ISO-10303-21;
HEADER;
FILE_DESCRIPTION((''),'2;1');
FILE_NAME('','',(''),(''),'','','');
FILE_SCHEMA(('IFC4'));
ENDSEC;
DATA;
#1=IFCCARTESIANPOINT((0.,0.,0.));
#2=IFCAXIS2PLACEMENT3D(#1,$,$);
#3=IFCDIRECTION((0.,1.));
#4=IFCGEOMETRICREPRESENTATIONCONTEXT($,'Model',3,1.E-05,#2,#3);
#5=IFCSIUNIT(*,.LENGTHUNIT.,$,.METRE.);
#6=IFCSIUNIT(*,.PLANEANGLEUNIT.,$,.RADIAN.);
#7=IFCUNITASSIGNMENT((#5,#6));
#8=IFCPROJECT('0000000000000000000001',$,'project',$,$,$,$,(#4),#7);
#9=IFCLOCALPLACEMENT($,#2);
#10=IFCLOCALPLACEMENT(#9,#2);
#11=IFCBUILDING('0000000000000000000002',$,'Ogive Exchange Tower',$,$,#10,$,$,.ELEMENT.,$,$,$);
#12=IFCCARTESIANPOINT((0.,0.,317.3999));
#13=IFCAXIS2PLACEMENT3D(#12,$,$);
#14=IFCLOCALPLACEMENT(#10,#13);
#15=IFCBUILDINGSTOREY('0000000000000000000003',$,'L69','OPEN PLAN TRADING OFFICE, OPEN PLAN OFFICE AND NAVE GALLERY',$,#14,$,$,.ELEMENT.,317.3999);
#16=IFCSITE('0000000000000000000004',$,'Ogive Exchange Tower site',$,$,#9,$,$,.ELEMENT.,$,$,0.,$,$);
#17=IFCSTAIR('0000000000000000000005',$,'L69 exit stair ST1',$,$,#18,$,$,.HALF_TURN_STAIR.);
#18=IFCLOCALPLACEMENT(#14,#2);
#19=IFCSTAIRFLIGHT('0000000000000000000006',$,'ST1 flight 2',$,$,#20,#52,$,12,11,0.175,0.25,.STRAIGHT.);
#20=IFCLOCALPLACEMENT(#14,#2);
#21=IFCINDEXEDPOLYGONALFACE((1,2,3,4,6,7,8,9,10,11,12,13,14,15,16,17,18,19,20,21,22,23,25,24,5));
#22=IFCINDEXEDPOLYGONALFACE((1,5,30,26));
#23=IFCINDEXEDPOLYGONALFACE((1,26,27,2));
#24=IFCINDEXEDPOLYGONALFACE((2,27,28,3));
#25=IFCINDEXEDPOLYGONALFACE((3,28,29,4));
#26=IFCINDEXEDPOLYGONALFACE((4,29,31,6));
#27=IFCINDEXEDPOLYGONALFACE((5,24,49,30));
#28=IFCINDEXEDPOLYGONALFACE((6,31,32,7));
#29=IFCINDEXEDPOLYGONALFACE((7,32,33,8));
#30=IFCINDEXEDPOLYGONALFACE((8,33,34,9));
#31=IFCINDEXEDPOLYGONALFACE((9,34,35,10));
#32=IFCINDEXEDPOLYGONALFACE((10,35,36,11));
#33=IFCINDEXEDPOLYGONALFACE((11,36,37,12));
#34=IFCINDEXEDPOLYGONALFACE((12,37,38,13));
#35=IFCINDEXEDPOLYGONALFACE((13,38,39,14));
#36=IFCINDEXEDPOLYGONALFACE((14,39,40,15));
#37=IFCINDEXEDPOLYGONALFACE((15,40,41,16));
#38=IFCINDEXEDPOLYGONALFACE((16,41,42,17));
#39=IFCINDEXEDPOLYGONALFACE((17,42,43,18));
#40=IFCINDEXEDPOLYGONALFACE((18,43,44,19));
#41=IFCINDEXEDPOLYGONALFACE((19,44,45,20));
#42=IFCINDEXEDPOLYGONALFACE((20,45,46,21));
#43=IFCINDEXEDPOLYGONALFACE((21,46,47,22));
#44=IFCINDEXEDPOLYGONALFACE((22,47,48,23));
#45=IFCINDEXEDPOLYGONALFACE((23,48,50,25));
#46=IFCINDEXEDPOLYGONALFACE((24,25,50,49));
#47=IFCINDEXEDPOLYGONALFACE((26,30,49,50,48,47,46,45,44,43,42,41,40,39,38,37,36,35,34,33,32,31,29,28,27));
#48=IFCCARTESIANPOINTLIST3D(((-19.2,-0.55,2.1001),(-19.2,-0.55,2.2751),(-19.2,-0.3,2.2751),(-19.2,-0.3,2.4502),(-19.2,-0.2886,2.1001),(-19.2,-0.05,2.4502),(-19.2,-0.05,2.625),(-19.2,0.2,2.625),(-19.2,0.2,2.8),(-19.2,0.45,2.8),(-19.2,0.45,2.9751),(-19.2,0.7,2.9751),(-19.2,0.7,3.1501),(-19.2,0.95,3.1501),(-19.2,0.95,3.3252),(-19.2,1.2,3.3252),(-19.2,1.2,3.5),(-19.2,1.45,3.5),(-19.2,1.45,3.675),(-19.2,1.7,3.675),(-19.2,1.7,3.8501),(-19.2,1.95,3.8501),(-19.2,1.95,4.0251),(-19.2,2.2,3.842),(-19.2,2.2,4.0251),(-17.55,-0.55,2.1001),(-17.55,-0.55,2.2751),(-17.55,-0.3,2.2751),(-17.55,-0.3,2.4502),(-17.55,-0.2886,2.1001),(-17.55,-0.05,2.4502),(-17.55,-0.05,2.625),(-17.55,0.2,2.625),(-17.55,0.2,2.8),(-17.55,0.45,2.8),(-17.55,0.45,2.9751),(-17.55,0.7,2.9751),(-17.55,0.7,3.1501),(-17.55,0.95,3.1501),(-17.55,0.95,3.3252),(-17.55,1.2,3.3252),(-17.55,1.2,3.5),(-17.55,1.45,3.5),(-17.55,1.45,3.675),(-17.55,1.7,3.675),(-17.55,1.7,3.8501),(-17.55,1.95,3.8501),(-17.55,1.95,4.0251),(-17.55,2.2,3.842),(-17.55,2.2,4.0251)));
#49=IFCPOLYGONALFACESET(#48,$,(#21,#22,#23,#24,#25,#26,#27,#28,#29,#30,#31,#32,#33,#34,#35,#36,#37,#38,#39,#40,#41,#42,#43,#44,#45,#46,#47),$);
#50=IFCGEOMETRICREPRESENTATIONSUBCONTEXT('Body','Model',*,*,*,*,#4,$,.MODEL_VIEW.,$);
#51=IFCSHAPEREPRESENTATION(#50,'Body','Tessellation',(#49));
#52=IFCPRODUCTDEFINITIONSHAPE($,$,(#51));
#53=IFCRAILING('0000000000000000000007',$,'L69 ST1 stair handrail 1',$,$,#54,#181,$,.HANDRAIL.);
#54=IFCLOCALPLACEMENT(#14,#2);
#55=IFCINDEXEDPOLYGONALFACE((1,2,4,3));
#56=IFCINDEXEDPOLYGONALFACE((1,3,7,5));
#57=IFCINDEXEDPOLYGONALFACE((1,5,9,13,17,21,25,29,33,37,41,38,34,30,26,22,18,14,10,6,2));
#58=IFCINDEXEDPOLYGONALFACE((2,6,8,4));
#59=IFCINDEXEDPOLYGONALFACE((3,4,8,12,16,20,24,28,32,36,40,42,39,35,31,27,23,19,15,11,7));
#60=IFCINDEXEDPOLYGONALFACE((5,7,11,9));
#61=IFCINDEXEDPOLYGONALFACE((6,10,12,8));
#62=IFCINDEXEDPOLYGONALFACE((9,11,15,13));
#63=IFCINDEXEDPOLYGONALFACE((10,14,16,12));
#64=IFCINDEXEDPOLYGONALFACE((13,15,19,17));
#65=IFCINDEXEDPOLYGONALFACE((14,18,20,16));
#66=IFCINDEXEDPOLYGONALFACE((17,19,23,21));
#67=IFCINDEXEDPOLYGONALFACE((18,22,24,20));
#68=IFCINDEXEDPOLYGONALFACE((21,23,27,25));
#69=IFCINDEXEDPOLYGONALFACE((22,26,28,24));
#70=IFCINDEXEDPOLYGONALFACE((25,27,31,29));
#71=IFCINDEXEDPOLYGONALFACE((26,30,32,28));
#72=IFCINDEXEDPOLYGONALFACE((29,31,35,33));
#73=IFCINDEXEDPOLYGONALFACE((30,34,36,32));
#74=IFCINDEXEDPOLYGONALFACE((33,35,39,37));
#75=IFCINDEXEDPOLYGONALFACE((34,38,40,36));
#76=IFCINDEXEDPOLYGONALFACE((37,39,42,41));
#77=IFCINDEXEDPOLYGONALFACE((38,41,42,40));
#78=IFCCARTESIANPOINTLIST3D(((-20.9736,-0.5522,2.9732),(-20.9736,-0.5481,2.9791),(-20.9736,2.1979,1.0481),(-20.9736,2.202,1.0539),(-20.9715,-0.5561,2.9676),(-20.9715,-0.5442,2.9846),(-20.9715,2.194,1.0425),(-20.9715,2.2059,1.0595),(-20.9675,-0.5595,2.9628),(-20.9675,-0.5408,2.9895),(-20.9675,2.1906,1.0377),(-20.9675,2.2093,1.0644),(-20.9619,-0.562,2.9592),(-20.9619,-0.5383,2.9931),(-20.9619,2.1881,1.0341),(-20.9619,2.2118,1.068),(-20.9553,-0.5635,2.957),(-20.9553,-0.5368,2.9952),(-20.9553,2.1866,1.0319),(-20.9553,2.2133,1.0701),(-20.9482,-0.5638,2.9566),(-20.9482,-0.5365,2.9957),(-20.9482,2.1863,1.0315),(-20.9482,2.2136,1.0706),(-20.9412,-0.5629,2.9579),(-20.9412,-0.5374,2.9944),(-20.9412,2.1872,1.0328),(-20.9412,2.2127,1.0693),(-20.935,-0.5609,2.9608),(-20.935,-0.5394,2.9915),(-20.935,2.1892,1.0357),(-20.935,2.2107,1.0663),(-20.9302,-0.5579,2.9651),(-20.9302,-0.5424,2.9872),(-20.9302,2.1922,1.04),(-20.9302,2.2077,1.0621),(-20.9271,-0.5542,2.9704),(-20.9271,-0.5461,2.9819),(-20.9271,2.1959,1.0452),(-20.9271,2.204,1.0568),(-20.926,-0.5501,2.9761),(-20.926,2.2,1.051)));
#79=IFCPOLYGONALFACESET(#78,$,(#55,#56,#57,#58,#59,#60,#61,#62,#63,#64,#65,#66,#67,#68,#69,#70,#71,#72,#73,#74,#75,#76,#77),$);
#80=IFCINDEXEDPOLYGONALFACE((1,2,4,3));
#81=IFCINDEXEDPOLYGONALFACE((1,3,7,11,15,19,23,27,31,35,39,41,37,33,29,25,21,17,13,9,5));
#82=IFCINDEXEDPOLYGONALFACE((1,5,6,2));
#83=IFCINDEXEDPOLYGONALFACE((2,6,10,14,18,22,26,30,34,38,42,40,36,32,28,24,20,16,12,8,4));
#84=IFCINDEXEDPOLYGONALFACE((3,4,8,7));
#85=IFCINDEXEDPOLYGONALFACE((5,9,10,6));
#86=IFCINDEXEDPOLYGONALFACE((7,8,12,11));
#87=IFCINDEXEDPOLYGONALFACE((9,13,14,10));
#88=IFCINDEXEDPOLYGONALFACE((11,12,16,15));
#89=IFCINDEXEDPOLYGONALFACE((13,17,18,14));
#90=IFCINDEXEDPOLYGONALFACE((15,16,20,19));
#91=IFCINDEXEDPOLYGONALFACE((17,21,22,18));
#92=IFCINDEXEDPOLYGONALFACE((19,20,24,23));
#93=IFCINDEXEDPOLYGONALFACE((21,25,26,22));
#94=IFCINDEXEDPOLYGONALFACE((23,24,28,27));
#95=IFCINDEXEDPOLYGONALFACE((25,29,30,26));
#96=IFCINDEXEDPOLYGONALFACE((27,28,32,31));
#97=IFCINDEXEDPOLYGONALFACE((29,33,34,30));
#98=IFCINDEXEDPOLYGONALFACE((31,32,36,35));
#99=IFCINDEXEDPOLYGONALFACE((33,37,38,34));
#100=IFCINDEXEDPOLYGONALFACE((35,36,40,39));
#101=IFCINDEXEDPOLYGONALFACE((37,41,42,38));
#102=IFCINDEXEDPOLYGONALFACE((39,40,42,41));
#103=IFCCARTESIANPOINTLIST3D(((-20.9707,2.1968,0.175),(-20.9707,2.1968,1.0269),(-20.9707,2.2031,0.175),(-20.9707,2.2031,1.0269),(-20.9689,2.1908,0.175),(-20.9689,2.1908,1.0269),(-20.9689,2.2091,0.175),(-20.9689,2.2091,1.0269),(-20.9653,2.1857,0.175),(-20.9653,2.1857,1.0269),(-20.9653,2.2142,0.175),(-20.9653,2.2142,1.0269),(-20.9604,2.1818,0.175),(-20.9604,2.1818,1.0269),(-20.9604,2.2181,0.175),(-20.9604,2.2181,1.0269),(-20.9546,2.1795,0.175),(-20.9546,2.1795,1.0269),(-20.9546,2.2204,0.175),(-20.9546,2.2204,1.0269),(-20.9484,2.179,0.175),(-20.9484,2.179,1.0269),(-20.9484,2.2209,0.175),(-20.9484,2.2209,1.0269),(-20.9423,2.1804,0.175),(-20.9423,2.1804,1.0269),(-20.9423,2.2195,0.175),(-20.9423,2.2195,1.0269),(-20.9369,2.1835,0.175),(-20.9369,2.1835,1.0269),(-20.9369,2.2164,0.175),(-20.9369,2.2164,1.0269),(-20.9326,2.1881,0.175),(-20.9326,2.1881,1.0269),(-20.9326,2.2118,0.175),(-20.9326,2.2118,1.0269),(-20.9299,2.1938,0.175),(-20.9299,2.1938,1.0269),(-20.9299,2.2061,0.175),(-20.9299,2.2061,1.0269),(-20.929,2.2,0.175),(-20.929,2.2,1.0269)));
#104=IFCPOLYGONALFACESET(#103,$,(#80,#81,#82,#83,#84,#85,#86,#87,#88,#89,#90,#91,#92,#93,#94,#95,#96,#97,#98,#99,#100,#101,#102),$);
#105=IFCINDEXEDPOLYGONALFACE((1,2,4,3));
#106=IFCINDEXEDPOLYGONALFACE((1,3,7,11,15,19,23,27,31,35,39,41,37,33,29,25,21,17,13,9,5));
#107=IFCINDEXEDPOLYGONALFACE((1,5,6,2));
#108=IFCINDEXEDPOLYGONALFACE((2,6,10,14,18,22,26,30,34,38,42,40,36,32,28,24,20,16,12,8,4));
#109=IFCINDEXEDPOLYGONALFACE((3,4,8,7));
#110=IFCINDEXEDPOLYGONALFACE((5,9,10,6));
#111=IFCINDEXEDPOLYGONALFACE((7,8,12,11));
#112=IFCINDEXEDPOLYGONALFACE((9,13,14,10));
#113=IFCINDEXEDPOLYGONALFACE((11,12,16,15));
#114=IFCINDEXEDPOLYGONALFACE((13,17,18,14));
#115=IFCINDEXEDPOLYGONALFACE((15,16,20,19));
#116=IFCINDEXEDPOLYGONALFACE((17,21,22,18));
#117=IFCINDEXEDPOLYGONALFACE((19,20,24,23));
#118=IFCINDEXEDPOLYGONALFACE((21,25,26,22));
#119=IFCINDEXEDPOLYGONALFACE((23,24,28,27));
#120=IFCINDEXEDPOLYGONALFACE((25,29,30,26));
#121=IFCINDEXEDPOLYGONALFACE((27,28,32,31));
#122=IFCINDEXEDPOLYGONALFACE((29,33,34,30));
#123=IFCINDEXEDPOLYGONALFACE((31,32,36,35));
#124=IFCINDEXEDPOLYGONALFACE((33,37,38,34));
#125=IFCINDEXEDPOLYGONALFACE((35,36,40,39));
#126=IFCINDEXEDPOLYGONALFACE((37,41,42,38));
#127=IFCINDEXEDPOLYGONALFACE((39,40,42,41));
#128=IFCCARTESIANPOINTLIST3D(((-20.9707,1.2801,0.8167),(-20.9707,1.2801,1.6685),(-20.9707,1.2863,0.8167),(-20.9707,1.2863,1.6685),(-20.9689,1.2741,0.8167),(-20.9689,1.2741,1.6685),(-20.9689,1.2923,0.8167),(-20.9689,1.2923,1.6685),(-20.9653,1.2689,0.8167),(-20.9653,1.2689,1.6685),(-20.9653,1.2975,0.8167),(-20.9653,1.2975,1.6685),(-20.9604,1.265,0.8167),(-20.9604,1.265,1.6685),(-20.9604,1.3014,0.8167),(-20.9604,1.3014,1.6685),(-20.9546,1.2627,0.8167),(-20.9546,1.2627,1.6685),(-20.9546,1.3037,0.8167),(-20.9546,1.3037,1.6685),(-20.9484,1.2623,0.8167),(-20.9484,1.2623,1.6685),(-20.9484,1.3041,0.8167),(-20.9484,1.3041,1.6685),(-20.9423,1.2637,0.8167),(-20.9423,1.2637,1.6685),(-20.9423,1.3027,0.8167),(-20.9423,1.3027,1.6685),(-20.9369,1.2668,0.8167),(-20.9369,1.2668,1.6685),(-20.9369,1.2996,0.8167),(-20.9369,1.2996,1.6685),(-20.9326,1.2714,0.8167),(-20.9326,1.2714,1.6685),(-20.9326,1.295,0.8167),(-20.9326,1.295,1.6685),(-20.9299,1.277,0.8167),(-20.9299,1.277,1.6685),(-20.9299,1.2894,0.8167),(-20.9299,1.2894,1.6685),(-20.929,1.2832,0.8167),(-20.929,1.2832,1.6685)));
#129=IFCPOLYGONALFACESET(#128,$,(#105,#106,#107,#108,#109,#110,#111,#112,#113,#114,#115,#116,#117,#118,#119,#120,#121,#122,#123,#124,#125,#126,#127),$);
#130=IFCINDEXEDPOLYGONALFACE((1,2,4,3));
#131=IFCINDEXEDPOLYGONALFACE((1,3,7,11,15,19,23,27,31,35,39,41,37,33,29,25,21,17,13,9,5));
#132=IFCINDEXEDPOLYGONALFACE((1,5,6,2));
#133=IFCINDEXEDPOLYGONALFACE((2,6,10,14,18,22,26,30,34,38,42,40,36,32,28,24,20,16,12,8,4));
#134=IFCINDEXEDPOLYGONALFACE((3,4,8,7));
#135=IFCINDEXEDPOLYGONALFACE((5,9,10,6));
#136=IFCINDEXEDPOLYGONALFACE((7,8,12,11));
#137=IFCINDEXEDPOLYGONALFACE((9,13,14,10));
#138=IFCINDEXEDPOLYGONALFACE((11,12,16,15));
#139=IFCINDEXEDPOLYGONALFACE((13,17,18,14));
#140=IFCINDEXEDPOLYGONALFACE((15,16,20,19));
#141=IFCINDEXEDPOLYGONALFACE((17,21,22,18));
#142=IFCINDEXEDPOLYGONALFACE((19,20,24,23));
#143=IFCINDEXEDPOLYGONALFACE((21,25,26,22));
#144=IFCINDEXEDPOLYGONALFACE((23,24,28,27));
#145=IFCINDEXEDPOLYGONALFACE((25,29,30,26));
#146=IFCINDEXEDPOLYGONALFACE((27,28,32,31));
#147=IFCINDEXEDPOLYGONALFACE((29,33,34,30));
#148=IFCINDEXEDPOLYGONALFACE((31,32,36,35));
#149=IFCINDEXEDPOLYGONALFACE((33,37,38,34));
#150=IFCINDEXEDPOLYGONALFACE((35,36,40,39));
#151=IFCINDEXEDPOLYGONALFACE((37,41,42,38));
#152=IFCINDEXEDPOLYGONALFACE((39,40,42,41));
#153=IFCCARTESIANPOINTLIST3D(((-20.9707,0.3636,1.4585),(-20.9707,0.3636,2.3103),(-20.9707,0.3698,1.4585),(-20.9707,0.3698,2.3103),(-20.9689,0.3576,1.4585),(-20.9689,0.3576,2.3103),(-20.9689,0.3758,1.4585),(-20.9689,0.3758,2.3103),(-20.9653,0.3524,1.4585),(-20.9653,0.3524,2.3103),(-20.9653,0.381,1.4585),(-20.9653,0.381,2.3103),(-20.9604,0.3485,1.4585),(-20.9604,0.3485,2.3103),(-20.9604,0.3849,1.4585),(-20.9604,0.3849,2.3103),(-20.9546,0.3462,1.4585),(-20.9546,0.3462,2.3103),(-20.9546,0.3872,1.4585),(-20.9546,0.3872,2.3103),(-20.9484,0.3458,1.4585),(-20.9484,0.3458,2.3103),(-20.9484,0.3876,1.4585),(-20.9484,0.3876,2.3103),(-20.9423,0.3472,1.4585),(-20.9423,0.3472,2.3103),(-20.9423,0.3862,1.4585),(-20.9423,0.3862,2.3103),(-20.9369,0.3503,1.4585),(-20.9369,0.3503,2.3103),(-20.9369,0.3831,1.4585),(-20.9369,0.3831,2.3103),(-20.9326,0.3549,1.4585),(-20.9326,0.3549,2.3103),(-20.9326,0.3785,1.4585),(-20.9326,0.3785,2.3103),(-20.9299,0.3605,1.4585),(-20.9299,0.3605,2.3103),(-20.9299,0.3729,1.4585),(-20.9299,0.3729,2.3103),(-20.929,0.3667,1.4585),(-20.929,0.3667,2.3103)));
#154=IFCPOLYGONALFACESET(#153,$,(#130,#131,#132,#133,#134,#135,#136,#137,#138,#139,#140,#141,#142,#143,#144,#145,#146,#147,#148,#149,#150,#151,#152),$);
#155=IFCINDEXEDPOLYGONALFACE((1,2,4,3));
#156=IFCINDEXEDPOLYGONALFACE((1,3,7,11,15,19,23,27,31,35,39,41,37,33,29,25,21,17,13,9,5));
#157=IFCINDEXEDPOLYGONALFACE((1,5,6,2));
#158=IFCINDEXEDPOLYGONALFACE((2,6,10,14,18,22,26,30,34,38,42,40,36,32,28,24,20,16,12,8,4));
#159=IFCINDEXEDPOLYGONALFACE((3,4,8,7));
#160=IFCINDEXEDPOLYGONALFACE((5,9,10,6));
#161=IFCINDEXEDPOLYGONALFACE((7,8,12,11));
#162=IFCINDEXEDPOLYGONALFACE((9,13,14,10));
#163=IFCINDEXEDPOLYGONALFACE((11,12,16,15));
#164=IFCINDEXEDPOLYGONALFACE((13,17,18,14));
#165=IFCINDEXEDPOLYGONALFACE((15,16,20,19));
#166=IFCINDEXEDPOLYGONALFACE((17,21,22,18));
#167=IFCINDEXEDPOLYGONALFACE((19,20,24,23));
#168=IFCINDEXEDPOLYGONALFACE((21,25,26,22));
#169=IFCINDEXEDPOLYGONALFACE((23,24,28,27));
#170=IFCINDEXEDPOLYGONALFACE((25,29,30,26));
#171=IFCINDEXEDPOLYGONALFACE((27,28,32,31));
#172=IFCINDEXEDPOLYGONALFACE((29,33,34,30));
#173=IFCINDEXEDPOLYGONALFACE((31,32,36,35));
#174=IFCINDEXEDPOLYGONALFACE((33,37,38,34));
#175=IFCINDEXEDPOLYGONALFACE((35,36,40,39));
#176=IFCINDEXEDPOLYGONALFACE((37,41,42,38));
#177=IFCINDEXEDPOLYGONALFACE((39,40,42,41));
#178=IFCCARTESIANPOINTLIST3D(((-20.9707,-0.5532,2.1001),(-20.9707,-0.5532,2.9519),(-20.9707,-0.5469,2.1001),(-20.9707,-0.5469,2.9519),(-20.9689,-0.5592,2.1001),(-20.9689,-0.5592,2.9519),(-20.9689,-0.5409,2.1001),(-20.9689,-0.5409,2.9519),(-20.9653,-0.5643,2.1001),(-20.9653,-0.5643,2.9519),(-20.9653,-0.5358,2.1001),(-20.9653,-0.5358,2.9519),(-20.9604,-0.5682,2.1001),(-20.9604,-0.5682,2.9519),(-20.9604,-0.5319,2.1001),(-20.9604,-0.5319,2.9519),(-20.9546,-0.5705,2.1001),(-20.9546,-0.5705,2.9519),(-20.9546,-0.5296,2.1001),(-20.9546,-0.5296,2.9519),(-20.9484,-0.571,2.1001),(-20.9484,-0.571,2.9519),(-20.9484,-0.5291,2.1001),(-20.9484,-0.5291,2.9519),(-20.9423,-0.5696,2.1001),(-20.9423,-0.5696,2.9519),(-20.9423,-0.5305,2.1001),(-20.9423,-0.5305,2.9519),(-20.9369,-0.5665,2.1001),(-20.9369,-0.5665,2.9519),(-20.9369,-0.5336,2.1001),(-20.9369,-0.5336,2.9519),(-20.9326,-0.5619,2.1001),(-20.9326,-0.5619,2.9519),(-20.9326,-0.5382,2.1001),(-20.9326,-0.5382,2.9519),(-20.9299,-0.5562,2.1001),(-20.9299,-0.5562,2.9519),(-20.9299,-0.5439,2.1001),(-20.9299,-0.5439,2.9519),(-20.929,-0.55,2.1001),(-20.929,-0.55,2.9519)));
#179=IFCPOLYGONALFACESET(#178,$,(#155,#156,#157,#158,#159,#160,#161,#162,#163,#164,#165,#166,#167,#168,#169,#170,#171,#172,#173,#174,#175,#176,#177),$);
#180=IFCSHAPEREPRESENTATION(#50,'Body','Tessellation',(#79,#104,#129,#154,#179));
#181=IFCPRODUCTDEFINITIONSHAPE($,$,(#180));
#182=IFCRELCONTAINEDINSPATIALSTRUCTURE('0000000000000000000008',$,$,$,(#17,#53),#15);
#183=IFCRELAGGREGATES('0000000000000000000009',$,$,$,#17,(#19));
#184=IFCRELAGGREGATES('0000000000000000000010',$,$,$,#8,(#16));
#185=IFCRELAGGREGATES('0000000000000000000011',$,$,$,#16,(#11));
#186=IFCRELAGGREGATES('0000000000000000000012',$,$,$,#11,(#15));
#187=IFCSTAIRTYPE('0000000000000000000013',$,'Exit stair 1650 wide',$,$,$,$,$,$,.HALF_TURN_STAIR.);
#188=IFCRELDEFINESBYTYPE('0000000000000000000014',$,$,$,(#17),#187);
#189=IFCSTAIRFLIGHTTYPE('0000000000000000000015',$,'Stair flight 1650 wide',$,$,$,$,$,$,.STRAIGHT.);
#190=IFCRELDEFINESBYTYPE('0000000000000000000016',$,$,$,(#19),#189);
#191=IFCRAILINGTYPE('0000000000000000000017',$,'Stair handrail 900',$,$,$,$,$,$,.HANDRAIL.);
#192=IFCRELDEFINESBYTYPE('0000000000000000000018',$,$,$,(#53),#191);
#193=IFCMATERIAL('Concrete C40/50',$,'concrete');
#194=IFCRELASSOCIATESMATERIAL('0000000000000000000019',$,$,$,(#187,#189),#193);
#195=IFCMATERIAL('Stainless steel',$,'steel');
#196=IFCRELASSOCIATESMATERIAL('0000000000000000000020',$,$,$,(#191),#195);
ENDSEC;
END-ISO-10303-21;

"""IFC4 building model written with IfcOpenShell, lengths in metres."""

from ifc_helpers import new_model, si_unit, direction, frame, origin, origin_2d, place, context, subcontext, project, spatial, polyline, circle, outline, extrude, material, type_object, element, aggregate, save


model = new_model("IFC4")

# Units and contexts
model_context = context("Model", 3, precision=1e-05, world=origin(), true_north=direction((0.0, 1.0)))
body_context = subcontext(model_context, "Body", "Model", "MODEL_VIEW")
ifc_project = project(units=[si_unit("LENGTHUNIT", "METRE"), si_unit("PLANEANGLEUNIT", "RADIAN")], contexts=[model_context])

# Site, building, storey
site_placement = place(None, origin())
site = spatial("IfcSite", under=ifc_project, at=site_placement, Name="Ogive Exchange Tower site", CompositionType="ELEMENT", RefElevation=0.0)
building_placement = place(site_placement, origin())
building = spatial("IfcBuilding", under=site, at=building_placement, Name="Ogive Exchange Tower", CompositionType="ELEMENT")
storey_placement = place(building_placement, frame((0.0, 0.0, 317.3999)))
storey = spatial("IfcBuildingStorey", under=building, at=storey_placement, Name="L69", Description="OPEN PLAN TRADING OFFICE, OPEN PLAN OFFICE AND NAVE GALLERY", CompositionType="ELEMENT", Elevation=317.3999)

# Shared definitions
ifc_material_1 = material(Name="Stainless steel", Category="steel")

# Stair, stair flight
ifc_material_2 = material(Name="Concrete C40/50", Category="concrete")
stair_type = type_object("IfcStairType", Name="Exit stair 1650 wide", PredefinedType="HALF_TURN_STAIR", material=ifc_material_2)
stair_placement = place(storey_placement, origin())
stair = element("IfcStair", 1, at=stair_placement, inside=storey, type_object=stair_type, Name="L69 exit stair ST1", PredefinedType="HALF_TURN_STAIR")
stair_flight_type = type_object("IfcStairFlightType", Name="Stair flight 1650 wide", PredefinedType="STRAIGHT", material=ifc_material_2)
stair_flight_1_placement = place(storey_placement, frame((-18.375, -0.55, 2.1001), z_axis=(0.0, 0.0, 1.0), x_axis=(0.0, 1.0, 0.0)))
stair_flight_1 = element("IfcStairFlight", 2, at=stair_flight_1_placement, type_object=stair_flight_type, Name="ST1 flight 2", NumberOfRisers=12, NumberOfTreads=11, PredefinedType="STRAIGHT", RiserHeight=0.175, TreadLength=0.25, context=body_context, shape_type="SweptSolid", body=[
    extrude(outline(polyline([(0.0, 0.0), (0.0, 0.175), (0.25, 0.175), (0.25, 0.3501), (0.5, 0.3501), (0.5, 0.5249), (0.75, 0.5249), (0.75, 0.7), (1.0, 0.7), (1.0, 0.875), (1.25, 0.875), (1.25, 1.05), (1.5, 1.05), (1.5, 1.2251), (1.75, 1.2251), (1.75, 1.3999), (2.0, 1.3999), (2.0, 1.575), (2.25, 1.575), (2.25, 1.75), (2.5, 1.75), (2.5, 1.925), (2.75, 1.925), (2.75, 2.1001), (2.75, 1.7419), (0.2615, 0.0), (0.0, 0.0)])), frame((0.0, 0.825, 0.0), z_axis=(0.0, -1.0, 0.0), x_axis=(1.0, 0.0, 0.0)), (0.0, 0.0, 1.0), 1.6499),
])
aggregate(stair, [stair_flight_1])

# Railing
railing_type = type_object("IfcRailingType", Name="Stair handrail 900", PredefinedType="HANDRAIL", material=ifc_material_1)
railing_placement = place(storey_placement, frame((-20.95, 2.2, 0.175)))
element("IfcRailing", 3, at=railing_placement, inside=storey, type_object=railing_type, Name="L69 ST1 stair handrail 1", PredefinedType="HANDRAIL", context=body_context, shape_type="SweptSolid", body=[
    extrude(circle(Radius=0.0239, at=origin_2d()), frame((0.0, 0.0, 0.876), z_axis=(0.0, -0.819225, 0.573472), x_axis=(1.0, 0.0, 0.0)), (0.0, 0.0, 1.0), 3.3569),
    extrude(circle(Radius=0.021, at=origin_2d()), origin(), (0.0, 0.0, 1.0), 0.8518),
    extrude(circle(Radius=0.021, at=origin_2d()), frame((0.0, -0.9167, 0.6416)), (0.0, 0.0, 1.0), 0.8518),
    extrude(circle(Radius=0.021, at=origin_2d()), frame((0.0, -1.8333, 1.2834)), (0.0, 0.0, 1.0), 0.8518),
    extrude(circle(Radius=0.021, at=origin_2d()), frame((0.0, -2.75, 1.925)), (0.0, 0.0, 1.0), 0.8518),
])

save(model, "model.ifc")
